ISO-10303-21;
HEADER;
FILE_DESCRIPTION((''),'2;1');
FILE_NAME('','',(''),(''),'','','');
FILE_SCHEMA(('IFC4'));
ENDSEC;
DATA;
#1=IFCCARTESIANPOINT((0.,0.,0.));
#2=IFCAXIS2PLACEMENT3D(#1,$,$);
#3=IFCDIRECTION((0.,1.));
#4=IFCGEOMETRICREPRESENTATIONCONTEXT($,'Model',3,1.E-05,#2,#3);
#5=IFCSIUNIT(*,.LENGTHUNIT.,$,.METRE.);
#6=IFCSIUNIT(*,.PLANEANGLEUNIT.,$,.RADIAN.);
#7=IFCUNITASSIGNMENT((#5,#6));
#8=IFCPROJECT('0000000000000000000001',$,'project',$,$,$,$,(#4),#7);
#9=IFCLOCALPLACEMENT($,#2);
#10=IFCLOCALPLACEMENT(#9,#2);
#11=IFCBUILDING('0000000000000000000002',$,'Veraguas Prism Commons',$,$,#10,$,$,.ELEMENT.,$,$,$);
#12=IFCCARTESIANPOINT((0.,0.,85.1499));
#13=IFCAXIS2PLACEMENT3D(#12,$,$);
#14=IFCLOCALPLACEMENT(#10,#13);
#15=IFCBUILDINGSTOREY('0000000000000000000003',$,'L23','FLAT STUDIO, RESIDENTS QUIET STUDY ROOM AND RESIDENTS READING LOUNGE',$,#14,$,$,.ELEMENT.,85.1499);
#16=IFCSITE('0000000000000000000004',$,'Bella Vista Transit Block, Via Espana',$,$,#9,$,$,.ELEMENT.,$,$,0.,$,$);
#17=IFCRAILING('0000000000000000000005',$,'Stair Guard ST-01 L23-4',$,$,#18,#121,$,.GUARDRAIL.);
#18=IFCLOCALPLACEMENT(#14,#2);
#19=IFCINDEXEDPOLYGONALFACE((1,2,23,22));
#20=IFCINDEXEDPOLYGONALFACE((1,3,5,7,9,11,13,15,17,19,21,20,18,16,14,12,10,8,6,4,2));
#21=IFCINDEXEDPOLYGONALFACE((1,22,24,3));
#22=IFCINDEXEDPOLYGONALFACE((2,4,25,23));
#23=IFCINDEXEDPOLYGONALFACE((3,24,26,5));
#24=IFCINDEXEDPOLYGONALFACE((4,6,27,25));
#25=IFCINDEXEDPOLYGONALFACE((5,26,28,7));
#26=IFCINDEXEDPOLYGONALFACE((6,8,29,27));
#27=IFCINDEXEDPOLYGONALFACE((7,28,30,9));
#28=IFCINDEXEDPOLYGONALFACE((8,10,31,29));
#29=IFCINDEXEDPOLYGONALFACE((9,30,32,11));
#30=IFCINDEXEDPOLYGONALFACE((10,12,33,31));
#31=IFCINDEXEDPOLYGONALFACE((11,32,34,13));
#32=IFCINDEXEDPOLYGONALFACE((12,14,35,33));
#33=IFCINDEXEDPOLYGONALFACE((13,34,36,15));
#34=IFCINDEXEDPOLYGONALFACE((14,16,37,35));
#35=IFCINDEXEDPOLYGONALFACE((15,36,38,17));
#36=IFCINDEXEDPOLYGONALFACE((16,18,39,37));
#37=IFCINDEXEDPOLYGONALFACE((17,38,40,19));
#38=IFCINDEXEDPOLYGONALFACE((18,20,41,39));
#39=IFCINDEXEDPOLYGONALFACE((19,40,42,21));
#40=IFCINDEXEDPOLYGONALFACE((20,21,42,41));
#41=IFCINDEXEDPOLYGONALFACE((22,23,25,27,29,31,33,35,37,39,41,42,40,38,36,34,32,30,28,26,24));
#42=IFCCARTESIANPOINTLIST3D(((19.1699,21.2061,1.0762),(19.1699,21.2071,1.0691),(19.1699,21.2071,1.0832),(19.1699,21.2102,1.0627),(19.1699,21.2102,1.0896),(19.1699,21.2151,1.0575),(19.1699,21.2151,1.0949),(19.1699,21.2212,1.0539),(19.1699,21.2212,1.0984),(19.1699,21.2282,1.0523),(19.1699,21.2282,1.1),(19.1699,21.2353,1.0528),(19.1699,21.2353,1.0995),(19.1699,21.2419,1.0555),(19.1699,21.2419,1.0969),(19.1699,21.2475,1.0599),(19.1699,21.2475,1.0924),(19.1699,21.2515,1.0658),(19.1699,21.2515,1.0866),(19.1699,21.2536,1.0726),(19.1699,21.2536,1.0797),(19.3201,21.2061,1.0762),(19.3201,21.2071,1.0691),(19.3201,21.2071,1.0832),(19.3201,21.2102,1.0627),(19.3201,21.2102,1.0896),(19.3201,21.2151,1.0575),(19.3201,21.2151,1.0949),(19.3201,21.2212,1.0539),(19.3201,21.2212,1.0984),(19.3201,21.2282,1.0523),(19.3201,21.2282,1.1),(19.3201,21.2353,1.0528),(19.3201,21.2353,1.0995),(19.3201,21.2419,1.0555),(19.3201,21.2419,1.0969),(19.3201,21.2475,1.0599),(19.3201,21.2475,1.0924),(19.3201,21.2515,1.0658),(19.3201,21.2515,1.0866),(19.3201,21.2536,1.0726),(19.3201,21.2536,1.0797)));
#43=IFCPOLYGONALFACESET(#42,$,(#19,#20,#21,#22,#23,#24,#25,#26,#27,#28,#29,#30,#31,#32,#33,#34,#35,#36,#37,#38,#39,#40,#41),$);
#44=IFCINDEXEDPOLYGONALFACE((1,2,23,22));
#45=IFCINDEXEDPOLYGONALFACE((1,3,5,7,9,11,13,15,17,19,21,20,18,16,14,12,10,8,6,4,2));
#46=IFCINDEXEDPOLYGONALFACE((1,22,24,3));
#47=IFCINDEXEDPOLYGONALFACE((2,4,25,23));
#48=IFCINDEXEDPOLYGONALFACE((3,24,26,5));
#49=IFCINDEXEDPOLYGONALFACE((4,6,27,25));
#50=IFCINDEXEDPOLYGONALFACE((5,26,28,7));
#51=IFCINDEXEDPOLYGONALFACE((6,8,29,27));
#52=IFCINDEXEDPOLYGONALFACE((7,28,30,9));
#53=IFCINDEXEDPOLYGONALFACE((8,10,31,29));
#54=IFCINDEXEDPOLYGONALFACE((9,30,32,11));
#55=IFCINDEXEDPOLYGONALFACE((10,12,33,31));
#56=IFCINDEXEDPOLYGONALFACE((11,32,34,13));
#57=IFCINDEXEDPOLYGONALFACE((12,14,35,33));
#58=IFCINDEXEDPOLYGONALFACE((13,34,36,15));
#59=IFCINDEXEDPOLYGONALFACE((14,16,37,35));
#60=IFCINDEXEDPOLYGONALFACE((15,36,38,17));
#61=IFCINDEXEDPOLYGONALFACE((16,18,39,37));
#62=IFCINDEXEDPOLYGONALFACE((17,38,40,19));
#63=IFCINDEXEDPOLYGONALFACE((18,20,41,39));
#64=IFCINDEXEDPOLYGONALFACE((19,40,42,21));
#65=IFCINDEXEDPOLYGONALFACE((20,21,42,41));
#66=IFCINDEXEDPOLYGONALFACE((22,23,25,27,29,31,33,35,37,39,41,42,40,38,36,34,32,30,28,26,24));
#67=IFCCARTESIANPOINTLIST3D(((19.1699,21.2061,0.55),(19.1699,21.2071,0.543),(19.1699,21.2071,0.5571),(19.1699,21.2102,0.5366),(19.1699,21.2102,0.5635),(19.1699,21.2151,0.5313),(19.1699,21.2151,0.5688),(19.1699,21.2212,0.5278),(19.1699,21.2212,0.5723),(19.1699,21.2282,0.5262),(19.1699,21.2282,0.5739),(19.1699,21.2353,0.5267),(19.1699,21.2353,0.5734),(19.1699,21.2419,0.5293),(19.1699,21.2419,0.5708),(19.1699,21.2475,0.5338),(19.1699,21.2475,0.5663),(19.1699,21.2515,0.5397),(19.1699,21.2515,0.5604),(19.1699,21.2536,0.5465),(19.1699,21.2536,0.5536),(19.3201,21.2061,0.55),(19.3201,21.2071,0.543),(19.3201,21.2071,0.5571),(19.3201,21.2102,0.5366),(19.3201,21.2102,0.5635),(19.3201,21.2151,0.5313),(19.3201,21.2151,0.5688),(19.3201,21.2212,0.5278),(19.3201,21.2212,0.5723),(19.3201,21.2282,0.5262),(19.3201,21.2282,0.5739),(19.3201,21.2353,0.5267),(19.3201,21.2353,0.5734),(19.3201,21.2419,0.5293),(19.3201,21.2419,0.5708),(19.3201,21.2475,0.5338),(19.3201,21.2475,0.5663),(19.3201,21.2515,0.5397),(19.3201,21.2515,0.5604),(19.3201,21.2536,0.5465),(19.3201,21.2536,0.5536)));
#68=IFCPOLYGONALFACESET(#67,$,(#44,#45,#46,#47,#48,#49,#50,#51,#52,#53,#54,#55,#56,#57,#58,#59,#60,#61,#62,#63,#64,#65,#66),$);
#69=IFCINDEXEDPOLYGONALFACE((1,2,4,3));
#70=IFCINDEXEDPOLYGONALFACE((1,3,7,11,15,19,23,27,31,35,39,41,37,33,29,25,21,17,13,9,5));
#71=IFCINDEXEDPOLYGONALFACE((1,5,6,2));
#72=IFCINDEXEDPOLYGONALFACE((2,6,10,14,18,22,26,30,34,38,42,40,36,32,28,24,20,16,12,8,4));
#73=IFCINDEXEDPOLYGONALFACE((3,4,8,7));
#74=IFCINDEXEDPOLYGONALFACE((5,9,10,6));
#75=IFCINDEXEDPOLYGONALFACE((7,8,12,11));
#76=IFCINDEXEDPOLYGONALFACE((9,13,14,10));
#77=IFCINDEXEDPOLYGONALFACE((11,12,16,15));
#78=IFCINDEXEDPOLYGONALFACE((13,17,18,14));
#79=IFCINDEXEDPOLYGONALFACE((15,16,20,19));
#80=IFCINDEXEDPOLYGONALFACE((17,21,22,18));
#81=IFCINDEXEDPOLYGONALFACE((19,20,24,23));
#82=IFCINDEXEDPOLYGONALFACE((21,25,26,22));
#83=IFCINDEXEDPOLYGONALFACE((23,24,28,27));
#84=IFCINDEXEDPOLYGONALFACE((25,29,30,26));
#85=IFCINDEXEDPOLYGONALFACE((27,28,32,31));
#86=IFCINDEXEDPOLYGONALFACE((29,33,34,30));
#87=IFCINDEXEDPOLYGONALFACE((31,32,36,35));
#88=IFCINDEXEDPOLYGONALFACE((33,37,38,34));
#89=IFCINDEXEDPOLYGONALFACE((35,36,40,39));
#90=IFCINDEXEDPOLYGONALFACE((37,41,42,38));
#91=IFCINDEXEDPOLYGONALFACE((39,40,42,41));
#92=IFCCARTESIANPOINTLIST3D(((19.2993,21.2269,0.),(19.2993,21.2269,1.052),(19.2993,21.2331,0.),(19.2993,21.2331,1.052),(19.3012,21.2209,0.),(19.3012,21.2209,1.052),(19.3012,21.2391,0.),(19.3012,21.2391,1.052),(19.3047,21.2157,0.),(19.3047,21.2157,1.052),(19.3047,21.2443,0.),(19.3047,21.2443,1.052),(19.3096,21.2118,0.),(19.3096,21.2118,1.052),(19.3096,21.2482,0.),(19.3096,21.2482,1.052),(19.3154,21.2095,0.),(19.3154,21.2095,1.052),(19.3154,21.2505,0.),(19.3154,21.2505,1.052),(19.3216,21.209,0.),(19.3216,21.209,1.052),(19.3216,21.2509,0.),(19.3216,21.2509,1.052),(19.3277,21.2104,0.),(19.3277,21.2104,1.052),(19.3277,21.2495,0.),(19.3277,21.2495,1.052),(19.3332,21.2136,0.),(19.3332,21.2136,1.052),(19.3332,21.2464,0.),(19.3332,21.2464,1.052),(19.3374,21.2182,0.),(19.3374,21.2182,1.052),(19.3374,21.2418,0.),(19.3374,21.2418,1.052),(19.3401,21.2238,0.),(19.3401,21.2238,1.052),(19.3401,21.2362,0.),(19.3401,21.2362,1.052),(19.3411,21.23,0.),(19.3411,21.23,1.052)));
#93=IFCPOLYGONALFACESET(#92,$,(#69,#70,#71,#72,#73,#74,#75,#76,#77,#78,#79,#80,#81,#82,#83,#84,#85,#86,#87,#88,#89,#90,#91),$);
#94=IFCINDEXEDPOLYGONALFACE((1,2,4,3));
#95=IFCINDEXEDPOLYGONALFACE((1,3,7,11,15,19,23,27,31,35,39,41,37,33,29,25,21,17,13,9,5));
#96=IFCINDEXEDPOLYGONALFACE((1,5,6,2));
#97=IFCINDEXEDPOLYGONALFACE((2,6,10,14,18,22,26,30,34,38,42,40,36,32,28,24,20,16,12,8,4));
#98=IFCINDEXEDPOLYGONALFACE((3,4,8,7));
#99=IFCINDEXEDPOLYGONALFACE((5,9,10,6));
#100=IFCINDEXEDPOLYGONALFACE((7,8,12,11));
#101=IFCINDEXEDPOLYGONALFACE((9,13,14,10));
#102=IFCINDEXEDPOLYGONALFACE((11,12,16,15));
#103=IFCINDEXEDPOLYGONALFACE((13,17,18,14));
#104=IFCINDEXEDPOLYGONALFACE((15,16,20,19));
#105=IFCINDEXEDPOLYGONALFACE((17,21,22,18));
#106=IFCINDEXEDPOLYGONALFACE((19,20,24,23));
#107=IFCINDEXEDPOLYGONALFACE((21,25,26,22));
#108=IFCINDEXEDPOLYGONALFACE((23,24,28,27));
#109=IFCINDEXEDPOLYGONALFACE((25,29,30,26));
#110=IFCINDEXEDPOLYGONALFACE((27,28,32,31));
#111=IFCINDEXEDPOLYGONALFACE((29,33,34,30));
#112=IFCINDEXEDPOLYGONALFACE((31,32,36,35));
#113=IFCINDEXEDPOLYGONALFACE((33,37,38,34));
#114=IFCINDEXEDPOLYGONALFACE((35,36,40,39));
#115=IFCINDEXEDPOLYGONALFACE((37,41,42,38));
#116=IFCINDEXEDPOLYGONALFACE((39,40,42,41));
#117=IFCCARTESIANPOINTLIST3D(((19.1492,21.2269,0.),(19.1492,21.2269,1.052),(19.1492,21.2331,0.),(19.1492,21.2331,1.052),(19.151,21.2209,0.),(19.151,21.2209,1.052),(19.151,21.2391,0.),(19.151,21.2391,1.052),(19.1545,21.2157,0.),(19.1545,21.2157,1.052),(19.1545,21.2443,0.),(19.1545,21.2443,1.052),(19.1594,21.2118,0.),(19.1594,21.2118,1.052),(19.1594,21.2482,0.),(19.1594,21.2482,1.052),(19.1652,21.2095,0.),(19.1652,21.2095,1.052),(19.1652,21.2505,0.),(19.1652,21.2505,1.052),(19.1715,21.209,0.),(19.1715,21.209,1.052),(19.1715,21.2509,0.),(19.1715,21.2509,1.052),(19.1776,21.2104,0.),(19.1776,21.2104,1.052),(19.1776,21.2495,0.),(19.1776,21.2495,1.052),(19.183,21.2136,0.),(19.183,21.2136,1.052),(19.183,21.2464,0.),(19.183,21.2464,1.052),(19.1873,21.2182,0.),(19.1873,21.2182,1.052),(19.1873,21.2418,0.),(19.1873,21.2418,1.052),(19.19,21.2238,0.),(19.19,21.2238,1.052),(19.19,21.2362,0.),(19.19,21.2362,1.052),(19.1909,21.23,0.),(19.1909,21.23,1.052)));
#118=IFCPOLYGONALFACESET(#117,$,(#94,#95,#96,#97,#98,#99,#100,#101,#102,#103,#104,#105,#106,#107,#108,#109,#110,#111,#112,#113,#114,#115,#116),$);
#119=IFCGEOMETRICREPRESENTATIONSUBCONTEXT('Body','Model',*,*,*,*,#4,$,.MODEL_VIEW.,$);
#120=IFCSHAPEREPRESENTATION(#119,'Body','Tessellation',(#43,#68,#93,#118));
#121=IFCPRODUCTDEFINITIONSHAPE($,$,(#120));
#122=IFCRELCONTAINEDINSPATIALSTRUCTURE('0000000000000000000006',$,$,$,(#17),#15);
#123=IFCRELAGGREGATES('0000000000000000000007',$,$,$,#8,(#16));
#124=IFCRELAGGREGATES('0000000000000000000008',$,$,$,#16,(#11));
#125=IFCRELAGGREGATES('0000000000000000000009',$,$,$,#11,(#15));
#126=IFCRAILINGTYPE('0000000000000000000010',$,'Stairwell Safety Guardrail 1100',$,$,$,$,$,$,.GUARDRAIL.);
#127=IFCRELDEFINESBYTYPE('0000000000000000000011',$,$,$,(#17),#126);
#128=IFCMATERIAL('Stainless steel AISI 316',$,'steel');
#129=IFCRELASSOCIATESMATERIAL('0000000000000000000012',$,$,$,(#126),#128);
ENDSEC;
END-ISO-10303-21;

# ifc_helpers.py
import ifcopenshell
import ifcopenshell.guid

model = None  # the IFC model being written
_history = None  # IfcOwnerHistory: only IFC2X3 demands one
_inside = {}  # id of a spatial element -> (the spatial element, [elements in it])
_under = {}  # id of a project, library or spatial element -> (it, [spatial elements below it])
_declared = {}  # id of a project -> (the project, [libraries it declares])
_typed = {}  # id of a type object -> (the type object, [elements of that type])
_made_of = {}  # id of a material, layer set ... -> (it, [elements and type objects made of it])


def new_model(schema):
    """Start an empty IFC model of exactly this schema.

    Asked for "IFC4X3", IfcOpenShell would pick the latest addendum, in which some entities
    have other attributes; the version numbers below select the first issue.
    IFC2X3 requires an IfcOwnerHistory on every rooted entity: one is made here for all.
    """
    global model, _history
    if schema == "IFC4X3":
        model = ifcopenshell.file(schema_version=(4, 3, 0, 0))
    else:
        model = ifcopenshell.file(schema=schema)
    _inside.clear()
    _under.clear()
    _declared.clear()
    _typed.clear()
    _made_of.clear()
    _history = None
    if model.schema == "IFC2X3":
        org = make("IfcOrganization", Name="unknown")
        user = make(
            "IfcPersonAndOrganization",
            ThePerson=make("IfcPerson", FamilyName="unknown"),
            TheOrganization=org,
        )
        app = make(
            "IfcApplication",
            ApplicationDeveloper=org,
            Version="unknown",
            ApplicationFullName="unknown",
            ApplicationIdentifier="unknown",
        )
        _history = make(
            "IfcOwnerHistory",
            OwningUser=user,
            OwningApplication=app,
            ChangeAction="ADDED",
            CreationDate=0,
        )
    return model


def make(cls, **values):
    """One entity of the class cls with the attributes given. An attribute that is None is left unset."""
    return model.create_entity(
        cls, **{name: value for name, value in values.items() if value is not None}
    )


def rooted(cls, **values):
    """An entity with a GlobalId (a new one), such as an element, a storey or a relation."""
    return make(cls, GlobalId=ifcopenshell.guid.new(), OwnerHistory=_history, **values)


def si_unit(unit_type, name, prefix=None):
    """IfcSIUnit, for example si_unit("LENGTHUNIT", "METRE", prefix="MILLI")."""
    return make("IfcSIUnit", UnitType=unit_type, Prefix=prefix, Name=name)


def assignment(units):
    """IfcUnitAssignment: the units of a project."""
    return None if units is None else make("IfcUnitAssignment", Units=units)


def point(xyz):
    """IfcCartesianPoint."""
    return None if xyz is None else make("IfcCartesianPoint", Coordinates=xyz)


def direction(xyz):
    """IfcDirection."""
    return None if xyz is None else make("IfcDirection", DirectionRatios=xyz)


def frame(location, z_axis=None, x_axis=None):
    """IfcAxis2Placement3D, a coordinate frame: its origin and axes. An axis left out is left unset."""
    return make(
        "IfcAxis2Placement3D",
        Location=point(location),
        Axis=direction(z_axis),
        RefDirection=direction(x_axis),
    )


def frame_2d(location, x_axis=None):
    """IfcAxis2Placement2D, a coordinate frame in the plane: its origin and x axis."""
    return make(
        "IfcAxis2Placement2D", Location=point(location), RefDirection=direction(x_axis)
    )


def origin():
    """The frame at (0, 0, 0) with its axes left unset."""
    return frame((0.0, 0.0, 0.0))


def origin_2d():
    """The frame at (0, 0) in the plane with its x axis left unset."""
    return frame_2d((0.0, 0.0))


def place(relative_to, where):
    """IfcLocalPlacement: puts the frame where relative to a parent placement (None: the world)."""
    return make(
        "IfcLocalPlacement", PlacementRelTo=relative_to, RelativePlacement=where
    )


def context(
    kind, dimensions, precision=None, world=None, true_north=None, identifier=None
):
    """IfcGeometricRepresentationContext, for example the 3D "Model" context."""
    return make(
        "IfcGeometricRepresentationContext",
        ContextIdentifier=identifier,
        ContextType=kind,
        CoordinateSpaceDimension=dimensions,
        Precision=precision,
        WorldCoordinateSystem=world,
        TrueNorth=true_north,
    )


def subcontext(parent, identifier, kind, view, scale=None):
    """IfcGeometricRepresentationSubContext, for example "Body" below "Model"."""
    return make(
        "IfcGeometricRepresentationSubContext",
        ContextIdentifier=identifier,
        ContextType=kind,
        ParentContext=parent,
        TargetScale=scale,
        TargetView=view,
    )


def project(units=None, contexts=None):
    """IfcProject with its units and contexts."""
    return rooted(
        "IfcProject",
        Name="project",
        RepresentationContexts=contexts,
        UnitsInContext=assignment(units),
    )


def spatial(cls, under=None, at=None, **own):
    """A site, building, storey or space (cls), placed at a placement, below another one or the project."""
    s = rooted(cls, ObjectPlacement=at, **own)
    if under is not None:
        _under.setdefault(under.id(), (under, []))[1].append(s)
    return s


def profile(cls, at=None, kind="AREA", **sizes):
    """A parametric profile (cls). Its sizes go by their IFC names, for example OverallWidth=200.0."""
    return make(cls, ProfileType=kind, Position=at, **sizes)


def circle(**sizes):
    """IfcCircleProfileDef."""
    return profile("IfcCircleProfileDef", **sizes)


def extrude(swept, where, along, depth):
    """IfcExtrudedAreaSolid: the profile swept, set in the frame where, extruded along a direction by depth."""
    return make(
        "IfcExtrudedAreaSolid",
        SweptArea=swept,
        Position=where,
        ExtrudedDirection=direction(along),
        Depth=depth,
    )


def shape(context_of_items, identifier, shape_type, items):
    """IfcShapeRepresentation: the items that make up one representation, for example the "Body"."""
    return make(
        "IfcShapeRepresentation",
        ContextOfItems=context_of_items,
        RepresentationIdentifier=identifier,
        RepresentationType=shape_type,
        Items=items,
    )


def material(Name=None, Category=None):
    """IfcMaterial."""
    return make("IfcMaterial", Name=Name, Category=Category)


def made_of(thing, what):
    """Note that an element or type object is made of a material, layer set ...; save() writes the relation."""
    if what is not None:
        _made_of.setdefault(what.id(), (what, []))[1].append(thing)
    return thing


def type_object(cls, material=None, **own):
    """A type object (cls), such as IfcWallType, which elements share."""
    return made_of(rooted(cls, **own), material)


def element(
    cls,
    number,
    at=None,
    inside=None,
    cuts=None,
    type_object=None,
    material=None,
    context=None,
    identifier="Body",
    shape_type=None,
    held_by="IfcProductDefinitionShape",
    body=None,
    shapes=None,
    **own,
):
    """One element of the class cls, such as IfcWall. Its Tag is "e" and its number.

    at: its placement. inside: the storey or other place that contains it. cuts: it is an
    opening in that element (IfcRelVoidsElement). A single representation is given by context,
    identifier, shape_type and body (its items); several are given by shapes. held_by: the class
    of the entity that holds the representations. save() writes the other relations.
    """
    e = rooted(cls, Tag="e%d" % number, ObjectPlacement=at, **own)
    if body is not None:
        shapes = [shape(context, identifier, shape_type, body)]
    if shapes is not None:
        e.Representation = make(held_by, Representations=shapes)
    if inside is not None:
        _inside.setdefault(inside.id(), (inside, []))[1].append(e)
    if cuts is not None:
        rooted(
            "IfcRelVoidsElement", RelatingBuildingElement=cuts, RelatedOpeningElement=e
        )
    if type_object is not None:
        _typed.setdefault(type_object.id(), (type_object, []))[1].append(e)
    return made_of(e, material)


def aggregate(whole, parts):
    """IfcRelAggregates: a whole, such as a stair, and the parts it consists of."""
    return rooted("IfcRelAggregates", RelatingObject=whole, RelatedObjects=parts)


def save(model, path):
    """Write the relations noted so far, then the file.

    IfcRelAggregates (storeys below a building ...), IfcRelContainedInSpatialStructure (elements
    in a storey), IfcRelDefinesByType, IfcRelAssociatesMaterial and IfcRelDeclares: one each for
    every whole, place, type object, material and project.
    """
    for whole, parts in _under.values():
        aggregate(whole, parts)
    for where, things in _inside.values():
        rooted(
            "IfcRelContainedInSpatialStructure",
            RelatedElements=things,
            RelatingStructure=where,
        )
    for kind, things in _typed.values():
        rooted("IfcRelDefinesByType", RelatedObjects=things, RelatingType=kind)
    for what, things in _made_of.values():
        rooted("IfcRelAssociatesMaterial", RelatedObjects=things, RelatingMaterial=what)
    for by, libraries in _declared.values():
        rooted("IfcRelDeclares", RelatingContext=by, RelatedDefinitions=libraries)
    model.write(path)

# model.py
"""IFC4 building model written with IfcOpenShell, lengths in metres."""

from ifc_helpers import new_model, si_unit, direction, frame, origin, origin_2d, place, context, subcontext, project, spatial, circle, extrude, material, type_object, element, save


model = new_model("IFC4")

# Units and contexts
model_context = context("Model", 3, precision=1e-05, world=origin(), true_north=direction((0.0, 1.0)))
body_context = subcontext(model_context, "Body", "Model", "MODEL_VIEW")
ifc_project = project(units=[si_unit("LENGTHUNIT", "METRE"), si_unit("PLANEANGLEUNIT", "RADIAN")], contexts=[model_context])

# Site, building, storey
site_placement = place(None, origin())
site = spatial("IfcSite", under=ifc_project, at=site_placement, Name="Bella Vista Transit Block, Via Espana", CompositionType="ELEMENT", RefElevation=0.0)
building_placement = place(site_placement, origin())
building = spatial("IfcBuilding", under=site, at=building_placement, Name="Veraguas Prism Commons", CompositionType="ELEMENT")
storey_placement = place(building_placement, frame((0.0, 0.0, 85.1499)))
storey = spatial("IfcBuildingStorey", under=building, at=storey_placement, Name="L23", Description="FLAT STUDIO, RESIDENTS QUIET STUDY ROOM AND RESIDENTS READING LOUNGE", CompositionType="ELEMENT", Elevation=85.1499)

# Shared definitions
ifc_material_1 = material(Name="Stainless steel AISI 316", Category="steel")

# Railing
railing_type_1 = type_object("IfcRailingType", Name="Stairwell Safety Guardrail 1100", PredefinedType="GUARDRAIL", material=ifc_material_1)
railing_1_placement = place(storey_placement, frame((19.3201, 21.23, 0.0)))
element("IfcRailing", 1, at=railing_1_placement, inside=storey, type_object=railing_type_1, Name="Stair Guard ST-01 L23-4", PredefinedType="GUARDRAIL", context=body_context, shape_type="SweptSolid", body=[
    extrude(circle(Radius=0.0239, at=origin_2d()), frame((0.0, 0.0, 1.0762), z_axis=(-1.0, 0.0, 0.0), x_axis=(0.0, -1.0, 0.0)), (0.0, 0.0, 1.0), 0.1501),
    extrude(circle(Radius=0.0239, at=origin_2d()), frame((0.0, 0.0, 0.55), z_axis=(-1.0, 0.0, 0.0), x_axis=(0.0, -1.0, 0.0)), (0.0, 0.0, 1.0), 0.1501),
    extrude(circle(Radius=0.021, at=origin_2d()), origin(), (0.0, 0.0, 1.0), 1.052),
    extrude(circle(Radius=0.021, at=origin_2d()), frame((-0.1501, 0.0, 0.0)), (0.0, 0.0, 1.0), 1.052),
])

save(model, "model.ifc")
